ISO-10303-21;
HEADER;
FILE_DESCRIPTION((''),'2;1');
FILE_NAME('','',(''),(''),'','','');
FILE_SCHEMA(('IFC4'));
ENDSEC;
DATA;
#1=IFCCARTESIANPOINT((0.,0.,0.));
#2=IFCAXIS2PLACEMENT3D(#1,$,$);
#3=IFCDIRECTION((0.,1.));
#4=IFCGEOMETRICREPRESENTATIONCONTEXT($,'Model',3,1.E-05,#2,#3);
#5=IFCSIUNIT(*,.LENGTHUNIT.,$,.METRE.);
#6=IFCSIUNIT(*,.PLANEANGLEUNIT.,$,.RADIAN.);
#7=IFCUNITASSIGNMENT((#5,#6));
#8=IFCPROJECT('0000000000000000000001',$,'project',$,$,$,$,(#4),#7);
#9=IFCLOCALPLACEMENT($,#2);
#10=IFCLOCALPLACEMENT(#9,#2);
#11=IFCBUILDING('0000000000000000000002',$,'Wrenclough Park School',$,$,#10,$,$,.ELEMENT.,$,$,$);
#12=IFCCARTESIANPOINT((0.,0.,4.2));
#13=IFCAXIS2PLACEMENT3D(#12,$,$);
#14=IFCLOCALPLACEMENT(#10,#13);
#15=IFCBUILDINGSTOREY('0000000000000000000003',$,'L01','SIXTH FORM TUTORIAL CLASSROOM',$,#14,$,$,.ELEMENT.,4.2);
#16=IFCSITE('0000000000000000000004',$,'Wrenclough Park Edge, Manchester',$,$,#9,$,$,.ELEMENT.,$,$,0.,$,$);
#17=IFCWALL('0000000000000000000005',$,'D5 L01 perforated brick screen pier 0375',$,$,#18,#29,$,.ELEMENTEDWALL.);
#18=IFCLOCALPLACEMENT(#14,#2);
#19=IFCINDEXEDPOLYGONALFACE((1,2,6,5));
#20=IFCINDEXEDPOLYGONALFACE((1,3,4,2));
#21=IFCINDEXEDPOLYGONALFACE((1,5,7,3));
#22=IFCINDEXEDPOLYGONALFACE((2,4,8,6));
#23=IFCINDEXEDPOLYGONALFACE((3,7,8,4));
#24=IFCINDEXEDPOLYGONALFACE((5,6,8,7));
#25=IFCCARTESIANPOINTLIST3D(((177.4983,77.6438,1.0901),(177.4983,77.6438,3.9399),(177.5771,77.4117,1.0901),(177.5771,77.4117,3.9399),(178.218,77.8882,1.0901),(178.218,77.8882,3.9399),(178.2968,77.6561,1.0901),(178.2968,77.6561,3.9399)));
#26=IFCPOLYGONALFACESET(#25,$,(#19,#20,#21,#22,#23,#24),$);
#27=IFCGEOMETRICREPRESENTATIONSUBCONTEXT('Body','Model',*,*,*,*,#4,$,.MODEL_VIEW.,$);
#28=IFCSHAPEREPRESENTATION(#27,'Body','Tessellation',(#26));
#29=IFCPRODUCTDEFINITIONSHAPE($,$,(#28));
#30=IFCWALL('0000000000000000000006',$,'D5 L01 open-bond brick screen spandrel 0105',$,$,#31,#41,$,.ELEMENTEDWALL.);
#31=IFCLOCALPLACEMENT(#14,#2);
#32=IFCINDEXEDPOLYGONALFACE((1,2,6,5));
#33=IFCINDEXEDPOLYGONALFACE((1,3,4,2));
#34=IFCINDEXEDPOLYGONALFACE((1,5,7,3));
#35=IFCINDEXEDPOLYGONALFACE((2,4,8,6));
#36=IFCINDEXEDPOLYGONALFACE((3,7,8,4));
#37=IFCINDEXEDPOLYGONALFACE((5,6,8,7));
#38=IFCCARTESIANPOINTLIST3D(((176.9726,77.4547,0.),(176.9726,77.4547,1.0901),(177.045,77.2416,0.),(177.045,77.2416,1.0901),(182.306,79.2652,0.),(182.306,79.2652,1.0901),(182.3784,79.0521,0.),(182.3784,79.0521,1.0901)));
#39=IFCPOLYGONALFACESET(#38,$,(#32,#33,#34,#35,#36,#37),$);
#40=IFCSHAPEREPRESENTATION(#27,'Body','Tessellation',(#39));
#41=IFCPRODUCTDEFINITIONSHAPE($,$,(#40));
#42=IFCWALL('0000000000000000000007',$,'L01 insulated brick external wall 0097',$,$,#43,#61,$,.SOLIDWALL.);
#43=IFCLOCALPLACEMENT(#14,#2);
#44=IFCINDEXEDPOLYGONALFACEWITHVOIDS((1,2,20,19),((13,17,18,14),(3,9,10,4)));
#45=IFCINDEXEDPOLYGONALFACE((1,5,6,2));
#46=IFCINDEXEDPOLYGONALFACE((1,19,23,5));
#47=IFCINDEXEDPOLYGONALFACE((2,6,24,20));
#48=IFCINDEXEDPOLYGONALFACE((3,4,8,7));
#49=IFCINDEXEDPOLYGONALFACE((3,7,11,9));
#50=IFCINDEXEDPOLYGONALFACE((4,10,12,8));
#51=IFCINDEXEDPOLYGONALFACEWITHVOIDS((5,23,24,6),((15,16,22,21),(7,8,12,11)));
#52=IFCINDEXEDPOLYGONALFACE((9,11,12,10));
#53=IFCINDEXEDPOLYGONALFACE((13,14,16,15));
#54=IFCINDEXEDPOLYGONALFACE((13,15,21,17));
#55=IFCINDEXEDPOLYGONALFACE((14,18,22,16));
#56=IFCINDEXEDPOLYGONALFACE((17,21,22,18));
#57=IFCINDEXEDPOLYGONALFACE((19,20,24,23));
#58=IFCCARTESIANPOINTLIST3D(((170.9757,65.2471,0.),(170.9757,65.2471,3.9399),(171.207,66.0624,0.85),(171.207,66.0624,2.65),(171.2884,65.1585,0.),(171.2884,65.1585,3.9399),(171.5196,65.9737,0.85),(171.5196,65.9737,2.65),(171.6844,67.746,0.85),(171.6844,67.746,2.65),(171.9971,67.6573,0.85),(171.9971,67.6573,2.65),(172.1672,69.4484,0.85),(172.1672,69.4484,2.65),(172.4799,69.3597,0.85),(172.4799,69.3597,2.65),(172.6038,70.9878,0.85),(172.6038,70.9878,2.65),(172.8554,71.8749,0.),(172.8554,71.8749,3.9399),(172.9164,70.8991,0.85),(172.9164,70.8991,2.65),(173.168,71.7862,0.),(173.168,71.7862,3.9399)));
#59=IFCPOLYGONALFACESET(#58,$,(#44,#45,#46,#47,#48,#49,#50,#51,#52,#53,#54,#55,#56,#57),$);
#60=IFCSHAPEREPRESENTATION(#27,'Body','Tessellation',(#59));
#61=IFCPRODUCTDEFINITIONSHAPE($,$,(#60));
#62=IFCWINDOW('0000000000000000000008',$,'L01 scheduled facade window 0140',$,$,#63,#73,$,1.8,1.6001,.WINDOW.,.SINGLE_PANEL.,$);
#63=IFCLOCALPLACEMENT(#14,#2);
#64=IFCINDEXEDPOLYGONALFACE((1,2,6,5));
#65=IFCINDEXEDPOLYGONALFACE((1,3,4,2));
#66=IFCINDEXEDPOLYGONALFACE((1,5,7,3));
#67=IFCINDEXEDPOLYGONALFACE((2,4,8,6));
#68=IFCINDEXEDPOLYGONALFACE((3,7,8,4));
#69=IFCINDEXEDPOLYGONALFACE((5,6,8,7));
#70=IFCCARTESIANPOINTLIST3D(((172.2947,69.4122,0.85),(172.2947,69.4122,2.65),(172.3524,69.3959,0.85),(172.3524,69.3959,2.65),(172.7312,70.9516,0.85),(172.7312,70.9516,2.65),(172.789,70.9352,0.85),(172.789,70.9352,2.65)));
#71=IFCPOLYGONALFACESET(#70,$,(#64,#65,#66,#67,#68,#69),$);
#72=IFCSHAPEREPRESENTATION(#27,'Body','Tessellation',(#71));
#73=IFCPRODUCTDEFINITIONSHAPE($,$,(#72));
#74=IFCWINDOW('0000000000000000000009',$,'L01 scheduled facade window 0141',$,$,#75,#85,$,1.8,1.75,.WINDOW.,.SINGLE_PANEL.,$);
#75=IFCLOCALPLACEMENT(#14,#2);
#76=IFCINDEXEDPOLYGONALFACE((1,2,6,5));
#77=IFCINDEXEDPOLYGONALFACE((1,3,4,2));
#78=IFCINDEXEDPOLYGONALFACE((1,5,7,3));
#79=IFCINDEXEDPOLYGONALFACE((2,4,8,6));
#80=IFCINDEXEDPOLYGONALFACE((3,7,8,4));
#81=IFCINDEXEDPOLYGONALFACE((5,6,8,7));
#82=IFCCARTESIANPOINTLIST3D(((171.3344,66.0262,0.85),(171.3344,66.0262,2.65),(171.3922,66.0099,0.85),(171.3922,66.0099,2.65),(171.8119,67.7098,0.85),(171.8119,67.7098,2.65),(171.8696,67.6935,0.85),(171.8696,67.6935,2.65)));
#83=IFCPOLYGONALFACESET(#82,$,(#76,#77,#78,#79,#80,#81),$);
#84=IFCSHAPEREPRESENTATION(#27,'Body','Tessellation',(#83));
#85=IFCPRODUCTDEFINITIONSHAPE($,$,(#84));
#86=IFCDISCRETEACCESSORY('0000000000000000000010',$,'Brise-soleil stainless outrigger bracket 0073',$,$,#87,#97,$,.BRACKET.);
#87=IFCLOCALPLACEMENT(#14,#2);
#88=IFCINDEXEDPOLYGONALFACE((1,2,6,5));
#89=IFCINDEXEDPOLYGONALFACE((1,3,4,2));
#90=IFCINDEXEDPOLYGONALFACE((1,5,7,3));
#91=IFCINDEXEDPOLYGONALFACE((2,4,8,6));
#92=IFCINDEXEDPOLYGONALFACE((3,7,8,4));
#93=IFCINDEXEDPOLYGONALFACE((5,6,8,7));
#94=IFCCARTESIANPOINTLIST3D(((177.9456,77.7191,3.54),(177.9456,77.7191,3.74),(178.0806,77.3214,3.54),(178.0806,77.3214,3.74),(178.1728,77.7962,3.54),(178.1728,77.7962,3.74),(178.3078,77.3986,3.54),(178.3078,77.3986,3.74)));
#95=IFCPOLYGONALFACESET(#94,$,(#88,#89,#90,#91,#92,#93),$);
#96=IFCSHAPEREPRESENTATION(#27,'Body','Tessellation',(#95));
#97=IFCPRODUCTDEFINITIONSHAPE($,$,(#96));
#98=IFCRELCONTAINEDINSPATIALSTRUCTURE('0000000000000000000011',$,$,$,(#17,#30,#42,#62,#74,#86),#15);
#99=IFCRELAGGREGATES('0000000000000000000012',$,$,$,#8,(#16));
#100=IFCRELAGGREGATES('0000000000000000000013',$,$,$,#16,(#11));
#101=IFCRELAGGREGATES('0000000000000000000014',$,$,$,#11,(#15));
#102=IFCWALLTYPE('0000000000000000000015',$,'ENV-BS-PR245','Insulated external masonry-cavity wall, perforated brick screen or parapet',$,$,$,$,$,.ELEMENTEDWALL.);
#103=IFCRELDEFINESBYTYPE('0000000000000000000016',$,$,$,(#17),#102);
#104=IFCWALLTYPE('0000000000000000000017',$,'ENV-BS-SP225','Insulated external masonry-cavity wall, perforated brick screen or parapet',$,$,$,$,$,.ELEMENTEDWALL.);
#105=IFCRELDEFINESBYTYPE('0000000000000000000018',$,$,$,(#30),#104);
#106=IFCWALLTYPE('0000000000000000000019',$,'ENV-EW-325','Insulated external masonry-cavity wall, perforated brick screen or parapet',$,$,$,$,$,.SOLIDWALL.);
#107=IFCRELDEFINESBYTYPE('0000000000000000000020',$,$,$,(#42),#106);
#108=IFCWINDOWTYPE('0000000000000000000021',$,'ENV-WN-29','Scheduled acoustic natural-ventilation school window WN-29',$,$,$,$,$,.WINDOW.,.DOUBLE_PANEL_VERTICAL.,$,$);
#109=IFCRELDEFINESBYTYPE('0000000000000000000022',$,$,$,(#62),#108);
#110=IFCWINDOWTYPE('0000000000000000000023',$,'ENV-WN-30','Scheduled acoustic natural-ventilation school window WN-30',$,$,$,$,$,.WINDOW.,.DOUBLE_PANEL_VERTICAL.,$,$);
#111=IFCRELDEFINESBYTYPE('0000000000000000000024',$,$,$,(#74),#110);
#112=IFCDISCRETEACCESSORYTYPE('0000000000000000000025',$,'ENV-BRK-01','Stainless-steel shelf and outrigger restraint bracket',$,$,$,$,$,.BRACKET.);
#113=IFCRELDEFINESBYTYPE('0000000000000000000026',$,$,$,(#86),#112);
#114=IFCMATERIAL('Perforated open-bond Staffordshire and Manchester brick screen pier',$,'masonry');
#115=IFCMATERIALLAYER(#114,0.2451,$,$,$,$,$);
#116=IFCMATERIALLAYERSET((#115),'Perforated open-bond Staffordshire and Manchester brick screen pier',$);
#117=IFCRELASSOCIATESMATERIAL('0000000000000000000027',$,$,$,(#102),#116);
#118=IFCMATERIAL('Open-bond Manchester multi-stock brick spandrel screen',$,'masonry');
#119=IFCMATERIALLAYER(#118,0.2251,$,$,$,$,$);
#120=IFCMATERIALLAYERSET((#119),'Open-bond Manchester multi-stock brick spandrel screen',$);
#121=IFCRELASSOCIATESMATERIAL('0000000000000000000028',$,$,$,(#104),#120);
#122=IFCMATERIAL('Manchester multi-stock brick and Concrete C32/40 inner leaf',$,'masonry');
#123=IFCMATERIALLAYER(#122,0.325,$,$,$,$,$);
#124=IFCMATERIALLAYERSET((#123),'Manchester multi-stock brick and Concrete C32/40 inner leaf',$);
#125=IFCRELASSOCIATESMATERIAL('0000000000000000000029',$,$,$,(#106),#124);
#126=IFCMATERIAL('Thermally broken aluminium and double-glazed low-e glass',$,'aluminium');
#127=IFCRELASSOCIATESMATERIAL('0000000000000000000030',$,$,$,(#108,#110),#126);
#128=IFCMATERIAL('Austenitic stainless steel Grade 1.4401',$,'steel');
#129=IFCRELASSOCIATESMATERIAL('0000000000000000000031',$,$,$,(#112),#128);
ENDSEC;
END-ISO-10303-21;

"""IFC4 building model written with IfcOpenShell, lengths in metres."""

from ifc_helpers import new_model, si_unit, direction, frame, frame_2d, origin, origin_2d, place, context, subcontext, project, spatial, rectangle, extrude, material, layer, layer_set, type_object, element, fill, save


model = new_model("IFC4")

# Units and contexts
model_context = context("Model", 3, precision=1e-05, world=origin(), true_north=direction((0.0, 1.0)))
body_context = subcontext(model_context, "Body", "Model", "MODEL_VIEW")
ifc_project = project(units=[si_unit("LENGTHUNIT", "METRE"), si_unit("PLANEANGLEUNIT", "RADIAN")], contexts=[model_context])

# Site, building, storey
site_placement = place(None, origin())
site = spatial("IfcSite", under=ifc_project, at=site_placement, Name="Wrenclough Park Edge, Manchester", CompositionType="ELEMENT", RefElevation=0.0)
building_placement = place(site_placement, origin())
building = spatial("IfcBuilding", under=site, at=building_placement, Name="Wrenclough Park School", CompositionType="ELEMENT")
storey_placement = place(building_placement, frame((0.0, 0.0, 4.2)))
storey = spatial("IfcBuildingStorey", under=building, at=storey_placement, Name="L01", Description="SIXTH FORM TUTORIAL CLASSROOM", CompositionType="ELEMENT", Elevation=4.2)

# Walls
ifc_material_1 = material(Name="Perforated open-bond Staffordshire and Manchester brick screen pier", Category="masonry")
ifc_layer_1 = layer(ifc_material_1, 0.2451)
ifc_layer_set_1 = layer_set([ifc_layer_1], Name="Perforated open-bond Staffordshire and Manchester brick screen pier")
wall_type_1 = type_object("IfcWallType", Name="ENV-BS-PR245", Description="Insulated external masonry-cavity wall, perforated brick screen or parapet", PredefinedType="ELEMENTEDWALL", material=ifc_layer_set_1)
wall_1_placement = place(storey_placement, frame((177.5378, 77.5278, 1.0901), z_axis=(0.0, 0.0, 1.0), x_axis=(0.946902, 0.321523, 0.0)))
element("IfcWall", 1, at=wall_1_placement, inside=storey, type_object=wall_type_1, Name="D5 L01 perforated brick screen pier 0375", PredefinedType="ELEMENTEDWALL", context=body_context, shape_type="SweptSolid", body=[
    extrude(rectangle(XDim=0.76, YDim=0.2451, at=frame_2d((0.3799, 0.0))), origin(), (0.0, 0.0, 1.0), 2.8499),
])
ifc_material_2 = material(Name="Open-bond Manchester multi-stock brick spandrel screen", Category="masonry")
ifc_layer_2 = layer(ifc_material_2, 0.2251)
ifc_layer_set_2 = layer_set([ifc_layer_2], Name="Open-bond Manchester multi-stock brick spandrel screen")
wall_type_2 = type_object("IfcWallType", Name="ENV-BS-SP225", Description="Insulated external masonry-cavity wall, perforated brick screen or parapet", PredefinedType="ELEMENTEDWALL", material=ifc_layer_set_2)
wall_2_placement = place(storey_placement, frame((177.0088, 77.3481, 0.0), z_axis=(0.0, 0.0, 1.0), x_axis=(0.946926, 0.32145, 0.0)))
element("IfcWall", 2, at=wall_2_placement, inside=storey, type_object=wall_type_2, Name="D5 L01 open-bond brick screen spandrel 0105", PredefinedType="ELEMENTEDWALL", context=body_context, shape_type="SweptSolid", body=[
    extrude(rectangle(XDim=5.6323, YDim=0.2251, at=frame_2d((2.8162, 0.0))), origin(), (0.0, 0.0, 1.0), 1.0901),
])

# Wall, openings, windows
ifc_material_3 = material(Name="Manchester multi-stock brick and Concrete C32/40 inner leaf", Category="masonry")
ifc_layer_3 = layer(ifc_material_3, 0.325)
ifc_layer_set_3 = layer_set([ifc_layer_3], Name="Manchester multi-stock brick and Concrete C32/40 inner leaf")
wall_type_3 = type_object("IfcWallType", Name="ENV-EW-325", Description="Insulated external masonry-cavity wall, perforated brick screen or parapet", PredefinedType="SOLIDWALL", material=ifc_layer_set_3)
wall_3_placement = place(storey_placement, frame((173.0117, 71.8306, 0.0), z_axis=(0.0, 0.0, 1.0), x_axis=(-0.272844, -0.962058, 0.0)))
wall_3 = element("IfcWall", 3, at=wall_3_placement, inside=storey, type_object=wall_type_3, Name="L01 insulated brick external wall 0097", PredefinedType="SOLIDWALL", context=body_context, shape_type="SweptSolid", body=[
    extrude(rectangle(XDim=6.8892, YDim=0.325, at=frame_2d((3.4446, 0.0))), origin(), (0.0, 0.0, 1.0), 3.9399),
])
opening_1_placement = place(wall_3_placement, frame((0.9221, 0.0, 0.8501)))
opening_1 = element("IfcOpeningElement", 4, at=opening_1_placement, cuts=wall_3, PredefinedType="OPENING", context=body_context, shape_type="SweptSolid", body=[
    extrude(rectangle(XDim=1.6001, YDim=1.8, at=frame_2d((0.8, 0.8999))), frame((0.0, 0.1724, 0.0), z_axis=(0.0, -1.0, 0.0), x_axis=(1.0, 0.0, 0.0)), (0.0, 0.0, 1.0), 0.345),
])
opening_2_placement = place(wall_3_placement, frame((4.2917, 0.0, 0.8501)))
opening_2 = element("IfcOpeningElement", 5, at=opening_2_placement, cuts=wall_3, PredefinedType="OPENING", context=body_context, shape_type="SweptSolid", body=[
    extrude(rectangle(XDim=1.75, YDim=1.8, at=frame_2d((0.875, 0.8999))), frame((0.0, 0.1724, 0.0), z_axis=(0.0, -1.0, 0.0), x_axis=(1.0, 0.0, 0.0)), (0.0, 0.0, 1.0), 0.345),
])
ifc_material_4 = material(Name="Thermally broken aluminium and double-glazed low-e glass", Category="aluminium")
window_type_1 = type_object("IfcWindowType", Name="ENV-WN-29", Description="Scheduled acoustic natural-ventilation school window WN-29", PartitioningType="DOUBLE_PANEL_VERTICAL", PredefinedType="WINDOW", material=ifc_material_4)
window_1_placement = place(opening_1_placement, origin())
window_1 = element("IfcWindow", 6, at=window_1_placement, inside=storey, type_object=window_type_1, Name="L01 scheduled facade window 0140", OverallHeight=1.8, OverallWidth=1.6001, PartitioningType="SINGLE_PANEL", PredefinedType="WINDOW", context=body_context, shape_type="SweptSolid", body=[
    extrude(rectangle(XDim=1.6001, YDim=1.8, at=frame_2d((0.8, 0.8999))), frame((0.0, 0.03, 0.0), z_axis=(0.0, -1.0, 0.0), x_axis=(1.0, 0.0, 0.0)), (0.0, 0.0, 1.0), 0.0601),
])
fill(opening_1, window_1)
window_type_2 = type_object("IfcWindowType", Name="ENV-WN-30", Description="Scheduled acoustic natural-ventilation school window WN-30", PartitioningType="DOUBLE_PANEL_VERTICAL", PredefinedType="WINDOW", material=ifc_material_4)
window_2_placement = place(opening_2_placement, origin())
window_2 = element("IfcWindow", 7, at=window_2_placement, inside=storey, type_object=window_type_2, Name="L01 scheduled facade window 0141", OverallHeight=1.8, OverallWidth=1.75, PartitioningType="SINGLE_PANEL", PredefinedType="WINDOW", context=body_context, shape_type="SweptSolid", body=[
    extrude(rectangle(XDim=1.75, YDim=1.8, at=frame_2d((0.875, 0.8999))), frame((0.0, 0.03, 0.0), z_axis=(0.0, -1.0, 0.0), x_axis=(1.0, 0.0, 0.0)), (0.0, 0.0, 1.0), 0.0601),
])
fill(opening_2, window_2)

# Discrete accessory
ifc_material_5 = material(Name="Austenitic stainless steel Grade 1.4401", Category="steel")
discrete_accessory_type = type_object("IfcDiscreteAccessoryType", Name="ENV-BRK-01", Description="Stainless-steel shelf and outrigger restraint bracket", PredefinedType="BRACKET", material=ifc_material_5)
discrete_accessory_placement = place(storey_placement, frame((178.1267, 77.5588, 3.54), z_axis=(0.0, 0.0, 1.0), x_axis=(0.946934, 0.321427, 0.0)))
element("IfcDiscreteAccessory", 8, at=discrete_accessory_placement, inside=storey, type_object=discrete_accessory_type, Name="Brise-soleil stainless outrigger bracket 0073", PredefinedType="BRACKET", context=body_context, shape_type="SweptSolid", body=[
    extrude(rectangle(XDim=0.24, YDim=0.4199, at=origin_2d()), origin(), (0.0, 0.0, 1.0), 0.2),
])

save(model, "model.ifc")
